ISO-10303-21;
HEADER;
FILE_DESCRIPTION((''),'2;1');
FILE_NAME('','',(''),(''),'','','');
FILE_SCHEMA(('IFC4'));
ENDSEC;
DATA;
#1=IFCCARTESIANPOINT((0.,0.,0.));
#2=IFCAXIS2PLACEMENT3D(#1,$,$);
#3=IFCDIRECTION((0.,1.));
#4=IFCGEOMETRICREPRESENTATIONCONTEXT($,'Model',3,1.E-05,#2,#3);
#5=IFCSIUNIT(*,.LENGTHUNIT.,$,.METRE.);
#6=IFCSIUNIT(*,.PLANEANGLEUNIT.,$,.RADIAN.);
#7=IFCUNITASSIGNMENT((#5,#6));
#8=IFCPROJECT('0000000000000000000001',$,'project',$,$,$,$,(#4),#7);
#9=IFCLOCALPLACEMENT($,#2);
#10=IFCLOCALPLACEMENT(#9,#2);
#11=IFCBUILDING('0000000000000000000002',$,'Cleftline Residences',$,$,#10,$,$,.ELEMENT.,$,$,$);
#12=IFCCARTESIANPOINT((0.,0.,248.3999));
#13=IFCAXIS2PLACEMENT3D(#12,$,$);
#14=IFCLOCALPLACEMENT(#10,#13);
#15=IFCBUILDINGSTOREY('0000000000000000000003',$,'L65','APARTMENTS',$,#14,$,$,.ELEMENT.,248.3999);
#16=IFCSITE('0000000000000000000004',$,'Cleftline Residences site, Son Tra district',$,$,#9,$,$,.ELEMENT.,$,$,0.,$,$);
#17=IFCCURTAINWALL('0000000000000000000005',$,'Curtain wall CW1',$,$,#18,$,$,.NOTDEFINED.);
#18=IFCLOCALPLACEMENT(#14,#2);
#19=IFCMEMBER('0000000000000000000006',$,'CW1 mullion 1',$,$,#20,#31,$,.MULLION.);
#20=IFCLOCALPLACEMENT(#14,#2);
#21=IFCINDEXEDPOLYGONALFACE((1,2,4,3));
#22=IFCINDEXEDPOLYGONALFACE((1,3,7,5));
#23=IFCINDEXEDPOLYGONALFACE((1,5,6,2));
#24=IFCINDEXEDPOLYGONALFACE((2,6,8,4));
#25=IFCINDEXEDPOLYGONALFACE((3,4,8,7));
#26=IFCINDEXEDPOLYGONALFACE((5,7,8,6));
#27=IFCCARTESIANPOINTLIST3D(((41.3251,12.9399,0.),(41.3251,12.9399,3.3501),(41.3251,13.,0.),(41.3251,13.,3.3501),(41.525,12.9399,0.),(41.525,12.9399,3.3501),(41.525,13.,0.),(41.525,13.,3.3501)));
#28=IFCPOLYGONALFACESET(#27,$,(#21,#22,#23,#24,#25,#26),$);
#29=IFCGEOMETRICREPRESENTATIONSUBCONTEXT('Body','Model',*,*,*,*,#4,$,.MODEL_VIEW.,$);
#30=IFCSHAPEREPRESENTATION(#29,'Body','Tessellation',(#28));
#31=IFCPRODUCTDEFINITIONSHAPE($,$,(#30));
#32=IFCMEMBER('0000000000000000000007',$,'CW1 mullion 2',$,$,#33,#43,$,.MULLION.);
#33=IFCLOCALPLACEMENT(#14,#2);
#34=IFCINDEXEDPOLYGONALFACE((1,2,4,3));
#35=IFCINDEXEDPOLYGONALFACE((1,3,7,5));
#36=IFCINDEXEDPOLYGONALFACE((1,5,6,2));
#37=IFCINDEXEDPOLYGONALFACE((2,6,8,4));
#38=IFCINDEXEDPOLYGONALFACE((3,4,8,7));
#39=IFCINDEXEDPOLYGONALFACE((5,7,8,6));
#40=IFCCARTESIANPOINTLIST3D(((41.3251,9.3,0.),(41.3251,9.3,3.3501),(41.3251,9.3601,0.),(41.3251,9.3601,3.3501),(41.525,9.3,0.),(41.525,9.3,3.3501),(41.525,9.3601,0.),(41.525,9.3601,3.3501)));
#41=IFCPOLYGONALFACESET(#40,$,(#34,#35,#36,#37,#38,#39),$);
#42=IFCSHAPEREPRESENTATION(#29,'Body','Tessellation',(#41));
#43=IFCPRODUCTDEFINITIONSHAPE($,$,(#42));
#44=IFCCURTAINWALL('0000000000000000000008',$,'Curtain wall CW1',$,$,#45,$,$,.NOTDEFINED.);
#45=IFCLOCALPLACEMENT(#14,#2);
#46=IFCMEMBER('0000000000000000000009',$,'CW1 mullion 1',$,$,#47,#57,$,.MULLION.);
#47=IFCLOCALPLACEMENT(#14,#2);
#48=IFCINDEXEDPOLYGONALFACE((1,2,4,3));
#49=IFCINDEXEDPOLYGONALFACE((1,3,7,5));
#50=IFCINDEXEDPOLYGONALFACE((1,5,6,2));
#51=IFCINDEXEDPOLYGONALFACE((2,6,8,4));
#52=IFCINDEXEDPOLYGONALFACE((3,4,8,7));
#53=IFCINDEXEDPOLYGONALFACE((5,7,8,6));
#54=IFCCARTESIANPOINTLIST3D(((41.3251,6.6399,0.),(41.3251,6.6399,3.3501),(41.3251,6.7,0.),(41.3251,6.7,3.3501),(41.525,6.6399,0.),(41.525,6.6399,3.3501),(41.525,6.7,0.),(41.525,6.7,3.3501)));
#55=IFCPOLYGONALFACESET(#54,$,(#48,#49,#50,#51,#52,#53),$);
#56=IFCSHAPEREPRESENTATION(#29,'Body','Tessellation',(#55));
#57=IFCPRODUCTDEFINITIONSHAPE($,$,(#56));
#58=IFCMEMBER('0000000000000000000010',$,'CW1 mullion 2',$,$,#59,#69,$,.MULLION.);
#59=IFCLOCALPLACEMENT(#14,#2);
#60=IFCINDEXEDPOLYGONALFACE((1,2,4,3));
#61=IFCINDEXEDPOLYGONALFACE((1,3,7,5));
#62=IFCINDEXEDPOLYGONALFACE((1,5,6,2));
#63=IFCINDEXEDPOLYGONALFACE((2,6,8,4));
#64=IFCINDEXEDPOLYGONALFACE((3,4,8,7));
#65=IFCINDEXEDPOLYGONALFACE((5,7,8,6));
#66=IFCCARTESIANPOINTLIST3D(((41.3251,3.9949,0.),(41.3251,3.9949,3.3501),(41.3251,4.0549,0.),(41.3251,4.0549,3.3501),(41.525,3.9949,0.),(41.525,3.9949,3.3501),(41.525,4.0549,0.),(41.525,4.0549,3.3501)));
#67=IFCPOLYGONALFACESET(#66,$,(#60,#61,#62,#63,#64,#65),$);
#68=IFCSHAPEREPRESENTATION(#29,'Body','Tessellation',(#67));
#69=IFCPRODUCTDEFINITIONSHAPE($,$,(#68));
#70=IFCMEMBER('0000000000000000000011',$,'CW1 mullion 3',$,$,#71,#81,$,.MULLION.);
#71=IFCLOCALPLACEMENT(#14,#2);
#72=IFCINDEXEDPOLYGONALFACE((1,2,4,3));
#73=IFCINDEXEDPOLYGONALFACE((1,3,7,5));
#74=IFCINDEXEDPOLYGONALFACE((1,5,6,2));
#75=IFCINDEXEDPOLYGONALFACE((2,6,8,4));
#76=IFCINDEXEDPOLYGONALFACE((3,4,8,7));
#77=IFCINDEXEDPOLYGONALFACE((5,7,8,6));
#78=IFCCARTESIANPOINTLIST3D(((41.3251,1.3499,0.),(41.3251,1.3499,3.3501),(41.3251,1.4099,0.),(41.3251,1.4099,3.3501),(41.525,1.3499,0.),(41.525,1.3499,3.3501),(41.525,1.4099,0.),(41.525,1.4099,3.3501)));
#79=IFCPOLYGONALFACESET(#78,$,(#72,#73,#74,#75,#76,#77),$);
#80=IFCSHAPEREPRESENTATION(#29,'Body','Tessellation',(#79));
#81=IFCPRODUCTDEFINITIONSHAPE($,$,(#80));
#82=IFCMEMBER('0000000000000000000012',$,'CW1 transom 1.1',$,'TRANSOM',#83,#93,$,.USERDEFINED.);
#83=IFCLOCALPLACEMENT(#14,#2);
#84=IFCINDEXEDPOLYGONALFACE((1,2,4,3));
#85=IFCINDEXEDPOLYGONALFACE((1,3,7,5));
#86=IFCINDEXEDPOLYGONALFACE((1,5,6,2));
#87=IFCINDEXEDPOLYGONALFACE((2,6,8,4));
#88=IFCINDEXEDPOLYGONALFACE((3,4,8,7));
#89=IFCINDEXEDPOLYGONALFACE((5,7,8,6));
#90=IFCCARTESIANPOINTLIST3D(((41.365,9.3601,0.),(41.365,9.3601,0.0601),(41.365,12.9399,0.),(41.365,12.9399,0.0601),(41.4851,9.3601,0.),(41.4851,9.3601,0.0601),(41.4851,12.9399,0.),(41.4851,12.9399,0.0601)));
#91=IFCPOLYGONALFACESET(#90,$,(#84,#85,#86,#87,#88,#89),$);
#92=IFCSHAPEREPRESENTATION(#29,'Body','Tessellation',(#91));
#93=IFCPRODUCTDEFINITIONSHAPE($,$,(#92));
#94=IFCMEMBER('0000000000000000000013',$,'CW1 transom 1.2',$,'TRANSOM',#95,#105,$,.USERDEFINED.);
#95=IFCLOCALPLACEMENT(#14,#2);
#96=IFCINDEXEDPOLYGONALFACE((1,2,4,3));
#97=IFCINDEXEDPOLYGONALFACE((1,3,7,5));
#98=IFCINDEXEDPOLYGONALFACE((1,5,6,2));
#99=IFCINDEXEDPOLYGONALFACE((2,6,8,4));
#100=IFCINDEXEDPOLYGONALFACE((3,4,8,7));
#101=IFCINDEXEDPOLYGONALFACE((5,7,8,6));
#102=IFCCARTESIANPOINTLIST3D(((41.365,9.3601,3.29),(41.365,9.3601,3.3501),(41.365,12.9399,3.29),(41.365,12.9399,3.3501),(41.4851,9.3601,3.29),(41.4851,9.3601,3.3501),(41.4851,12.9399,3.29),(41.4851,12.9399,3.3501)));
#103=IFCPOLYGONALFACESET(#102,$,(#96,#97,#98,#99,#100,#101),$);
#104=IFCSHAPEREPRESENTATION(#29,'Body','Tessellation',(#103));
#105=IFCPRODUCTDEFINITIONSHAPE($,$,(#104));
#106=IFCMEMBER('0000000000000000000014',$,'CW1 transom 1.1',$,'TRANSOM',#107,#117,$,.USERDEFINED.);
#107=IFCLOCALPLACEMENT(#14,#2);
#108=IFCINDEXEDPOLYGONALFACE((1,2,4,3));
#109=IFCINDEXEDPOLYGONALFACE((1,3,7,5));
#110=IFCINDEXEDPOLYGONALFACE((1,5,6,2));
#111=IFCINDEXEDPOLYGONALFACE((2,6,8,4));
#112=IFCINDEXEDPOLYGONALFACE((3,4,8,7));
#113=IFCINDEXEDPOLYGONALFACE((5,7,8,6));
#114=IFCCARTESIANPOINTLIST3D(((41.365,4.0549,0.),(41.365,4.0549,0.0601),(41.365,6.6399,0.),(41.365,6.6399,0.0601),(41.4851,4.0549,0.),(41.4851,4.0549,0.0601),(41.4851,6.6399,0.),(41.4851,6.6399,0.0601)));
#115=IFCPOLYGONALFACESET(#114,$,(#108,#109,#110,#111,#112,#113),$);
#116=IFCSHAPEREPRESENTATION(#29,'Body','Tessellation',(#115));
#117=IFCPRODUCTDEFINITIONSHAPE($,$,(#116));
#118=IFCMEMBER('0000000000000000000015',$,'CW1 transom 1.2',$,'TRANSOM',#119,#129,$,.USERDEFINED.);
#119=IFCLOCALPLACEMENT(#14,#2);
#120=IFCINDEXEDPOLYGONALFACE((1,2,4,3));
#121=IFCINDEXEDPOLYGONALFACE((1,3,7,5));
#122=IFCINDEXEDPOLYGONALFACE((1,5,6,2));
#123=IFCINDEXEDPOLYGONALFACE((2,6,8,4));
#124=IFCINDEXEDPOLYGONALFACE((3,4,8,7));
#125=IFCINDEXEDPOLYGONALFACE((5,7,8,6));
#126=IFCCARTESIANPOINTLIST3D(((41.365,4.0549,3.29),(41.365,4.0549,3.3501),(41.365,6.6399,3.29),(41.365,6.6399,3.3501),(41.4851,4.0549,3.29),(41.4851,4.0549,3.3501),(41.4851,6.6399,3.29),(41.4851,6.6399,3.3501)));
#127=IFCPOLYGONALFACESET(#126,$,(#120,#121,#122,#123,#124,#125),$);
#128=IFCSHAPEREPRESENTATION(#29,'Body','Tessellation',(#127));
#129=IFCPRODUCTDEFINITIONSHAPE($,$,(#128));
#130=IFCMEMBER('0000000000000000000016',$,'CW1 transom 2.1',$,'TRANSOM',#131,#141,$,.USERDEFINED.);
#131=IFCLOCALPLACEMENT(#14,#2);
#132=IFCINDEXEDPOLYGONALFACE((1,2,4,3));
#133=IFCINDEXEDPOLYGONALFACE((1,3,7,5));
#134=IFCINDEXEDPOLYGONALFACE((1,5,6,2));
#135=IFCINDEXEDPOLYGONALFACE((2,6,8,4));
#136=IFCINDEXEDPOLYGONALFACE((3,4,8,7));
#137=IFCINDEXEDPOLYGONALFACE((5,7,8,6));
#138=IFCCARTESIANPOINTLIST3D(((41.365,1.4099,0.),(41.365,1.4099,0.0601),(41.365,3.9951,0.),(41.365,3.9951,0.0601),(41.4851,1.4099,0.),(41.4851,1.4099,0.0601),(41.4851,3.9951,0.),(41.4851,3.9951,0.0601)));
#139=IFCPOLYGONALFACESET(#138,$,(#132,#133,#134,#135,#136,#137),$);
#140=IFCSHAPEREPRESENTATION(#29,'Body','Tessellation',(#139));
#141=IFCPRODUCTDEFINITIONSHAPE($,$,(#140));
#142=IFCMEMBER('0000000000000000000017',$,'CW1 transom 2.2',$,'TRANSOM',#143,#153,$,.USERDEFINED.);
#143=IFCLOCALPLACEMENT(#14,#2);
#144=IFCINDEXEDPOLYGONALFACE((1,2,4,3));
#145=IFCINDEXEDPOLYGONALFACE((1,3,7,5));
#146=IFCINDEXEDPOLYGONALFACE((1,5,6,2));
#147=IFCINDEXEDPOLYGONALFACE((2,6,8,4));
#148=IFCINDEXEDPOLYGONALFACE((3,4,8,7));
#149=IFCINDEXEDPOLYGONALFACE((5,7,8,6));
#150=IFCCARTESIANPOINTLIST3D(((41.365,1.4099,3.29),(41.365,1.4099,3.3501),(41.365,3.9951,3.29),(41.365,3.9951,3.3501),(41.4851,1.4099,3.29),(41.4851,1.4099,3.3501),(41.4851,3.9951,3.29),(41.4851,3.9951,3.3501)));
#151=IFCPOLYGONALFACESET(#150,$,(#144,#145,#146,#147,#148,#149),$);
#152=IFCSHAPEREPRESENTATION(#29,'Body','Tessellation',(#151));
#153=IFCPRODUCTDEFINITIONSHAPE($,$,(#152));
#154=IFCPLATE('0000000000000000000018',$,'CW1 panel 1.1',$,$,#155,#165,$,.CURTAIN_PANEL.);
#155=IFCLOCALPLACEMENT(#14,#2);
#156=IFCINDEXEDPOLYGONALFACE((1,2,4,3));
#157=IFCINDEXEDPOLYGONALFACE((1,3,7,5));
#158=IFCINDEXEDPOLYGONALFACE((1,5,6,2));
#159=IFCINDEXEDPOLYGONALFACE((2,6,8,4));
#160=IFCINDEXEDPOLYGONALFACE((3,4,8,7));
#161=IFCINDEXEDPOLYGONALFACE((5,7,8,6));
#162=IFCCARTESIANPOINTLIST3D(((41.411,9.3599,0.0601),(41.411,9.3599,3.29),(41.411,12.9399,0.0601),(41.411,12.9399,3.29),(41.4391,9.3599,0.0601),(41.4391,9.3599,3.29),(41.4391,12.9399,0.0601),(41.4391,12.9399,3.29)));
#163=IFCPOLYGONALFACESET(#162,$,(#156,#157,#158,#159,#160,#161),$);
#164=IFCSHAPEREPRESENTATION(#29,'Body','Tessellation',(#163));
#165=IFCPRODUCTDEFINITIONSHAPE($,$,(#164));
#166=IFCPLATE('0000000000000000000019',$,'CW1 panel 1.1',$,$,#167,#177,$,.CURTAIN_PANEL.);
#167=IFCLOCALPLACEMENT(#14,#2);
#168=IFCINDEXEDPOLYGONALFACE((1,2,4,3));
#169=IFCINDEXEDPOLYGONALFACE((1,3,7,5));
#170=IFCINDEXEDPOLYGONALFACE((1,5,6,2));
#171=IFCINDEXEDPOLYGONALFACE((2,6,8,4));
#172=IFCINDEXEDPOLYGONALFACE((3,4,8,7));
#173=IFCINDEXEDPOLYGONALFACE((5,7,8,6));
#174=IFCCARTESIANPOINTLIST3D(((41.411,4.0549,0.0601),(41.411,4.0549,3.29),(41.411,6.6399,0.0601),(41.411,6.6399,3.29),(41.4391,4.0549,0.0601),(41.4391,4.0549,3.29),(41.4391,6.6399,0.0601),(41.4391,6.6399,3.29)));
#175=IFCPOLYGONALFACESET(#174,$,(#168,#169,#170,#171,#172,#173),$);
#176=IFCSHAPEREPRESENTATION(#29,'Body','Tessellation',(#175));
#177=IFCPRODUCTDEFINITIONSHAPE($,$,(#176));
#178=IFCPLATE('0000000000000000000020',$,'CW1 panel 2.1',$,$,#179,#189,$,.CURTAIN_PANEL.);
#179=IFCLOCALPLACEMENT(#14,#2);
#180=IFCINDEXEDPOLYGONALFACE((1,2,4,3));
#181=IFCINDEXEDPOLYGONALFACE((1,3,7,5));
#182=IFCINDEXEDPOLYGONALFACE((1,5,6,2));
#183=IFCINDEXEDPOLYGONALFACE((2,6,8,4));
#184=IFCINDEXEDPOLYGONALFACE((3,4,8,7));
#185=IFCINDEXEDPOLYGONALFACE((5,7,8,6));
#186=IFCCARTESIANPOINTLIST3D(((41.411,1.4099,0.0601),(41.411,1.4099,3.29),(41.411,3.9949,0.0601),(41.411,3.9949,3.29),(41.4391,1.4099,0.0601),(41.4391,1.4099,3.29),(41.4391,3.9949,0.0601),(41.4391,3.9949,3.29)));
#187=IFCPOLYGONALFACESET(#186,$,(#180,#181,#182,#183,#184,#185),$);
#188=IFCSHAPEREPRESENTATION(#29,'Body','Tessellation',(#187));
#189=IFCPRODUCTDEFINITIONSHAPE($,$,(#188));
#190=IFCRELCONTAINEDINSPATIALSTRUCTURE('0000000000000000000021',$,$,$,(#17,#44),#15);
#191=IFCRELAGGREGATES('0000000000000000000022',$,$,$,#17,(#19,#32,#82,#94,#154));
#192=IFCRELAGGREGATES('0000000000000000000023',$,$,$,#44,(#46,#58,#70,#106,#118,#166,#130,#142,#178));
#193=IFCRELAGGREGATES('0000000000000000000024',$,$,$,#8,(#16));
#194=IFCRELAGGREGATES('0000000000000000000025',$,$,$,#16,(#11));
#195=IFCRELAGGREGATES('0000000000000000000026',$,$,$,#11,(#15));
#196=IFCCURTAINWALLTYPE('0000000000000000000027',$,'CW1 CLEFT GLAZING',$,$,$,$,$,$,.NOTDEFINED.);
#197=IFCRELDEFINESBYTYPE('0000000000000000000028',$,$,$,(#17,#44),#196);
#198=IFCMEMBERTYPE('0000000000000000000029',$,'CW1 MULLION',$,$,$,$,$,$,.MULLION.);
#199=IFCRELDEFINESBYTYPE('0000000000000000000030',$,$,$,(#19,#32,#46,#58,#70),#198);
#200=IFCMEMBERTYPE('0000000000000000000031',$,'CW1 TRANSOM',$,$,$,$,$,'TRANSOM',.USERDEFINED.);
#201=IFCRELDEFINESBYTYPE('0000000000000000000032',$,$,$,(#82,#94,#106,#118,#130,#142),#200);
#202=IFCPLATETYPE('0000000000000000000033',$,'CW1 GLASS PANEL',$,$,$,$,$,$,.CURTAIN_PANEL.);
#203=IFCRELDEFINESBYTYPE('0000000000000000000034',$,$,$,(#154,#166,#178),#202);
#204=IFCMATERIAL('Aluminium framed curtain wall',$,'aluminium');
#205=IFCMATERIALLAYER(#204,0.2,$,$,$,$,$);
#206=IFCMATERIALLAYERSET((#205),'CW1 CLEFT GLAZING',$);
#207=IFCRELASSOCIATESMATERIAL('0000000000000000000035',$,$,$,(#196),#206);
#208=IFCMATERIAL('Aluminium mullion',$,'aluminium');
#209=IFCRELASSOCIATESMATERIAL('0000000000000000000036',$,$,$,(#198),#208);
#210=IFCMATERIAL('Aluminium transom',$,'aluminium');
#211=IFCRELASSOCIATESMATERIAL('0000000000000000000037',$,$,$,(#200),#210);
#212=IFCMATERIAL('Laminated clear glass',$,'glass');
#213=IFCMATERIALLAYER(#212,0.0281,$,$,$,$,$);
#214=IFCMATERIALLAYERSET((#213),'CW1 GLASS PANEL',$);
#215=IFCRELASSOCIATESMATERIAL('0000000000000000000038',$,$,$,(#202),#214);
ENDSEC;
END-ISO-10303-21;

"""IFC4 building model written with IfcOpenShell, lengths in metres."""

from ifc_helpers import new_model, si_unit, direction, frame, origin, origin_2d, place, context, subcontext, project, spatial, rectangle, extrude, material, layer, layer_set, material_profile, profile_set, type_object, element, aggregate, save


model = new_model("IFC4")

# Units and contexts
model_context = context("Model", 3, precision=1e-05, world=origin(), true_north=direction((0.0, 1.0)))
body_context = subcontext(model_context, "Body", "Model", "MODEL_VIEW")
ifc_project = project(units=[si_unit("LENGTHUNIT", "METRE"), si_unit("PLANEANGLEUNIT", "RADIAN")], contexts=[model_context])

# Site, building, storey
site_placement = place(None, origin())
site = spatial("IfcSite", under=ifc_project, at=site_placement, Name="Cleftline Residences site, Son Tra district", CompositionType="ELEMENT", RefElevation=0.0)
building_placement = place(site_placement, origin())
building = spatial("IfcBuilding", under=site, at=building_placement, Name="Cleftline Residences", CompositionType="ELEMENT")
storey_placement = place(building_placement, frame((0.0, 0.0, 248.3999)))
storey = spatial("IfcBuildingStorey", under=building, at=storey_placement, Name="L65", Description="APARTMENTS", CompositionType="ELEMENT", Elevation=248.3999)

# Curtain walls, members
ifc_material_1 = material(Name="Aluminium framed curtain wall", Category="aluminium")
ifc_layer_1 = layer(ifc_material_1, 0.2)
ifc_layer_set_1 = layer_set([ifc_layer_1], Name="CW1 CLEFT GLAZING")
curtain_wall_type = type_object("IfcCurtainWallType", Name="CW1 CLEFT GLAZING", PredefinedType="NOTDEFINED", material=ifc_layer_set_1)
curtain_wall_1_placement = place(storey_placement, origin())
curtain_wall_1 = element("IfcCurtainWall", 1, at=curtain_wall_1_placement, inside=storey, type_object=curtain_wall_type, Name="Curtain wall CW1", PredefinedType="NOTDEFINED")
ifc_material_2 = material(Name="Aluminium mullion", Category="aluminium")
ifc_material_profile_1 = material_profile(ifc_material_2, rectangle(XDim=0.2, YDim=0.0601, at=origin_2d()))
ifc_profile_set_1 = profile_set([ifc_material_profile_1], Name="Aluminium mullion")
member_type_1 = type_object("IfcMemberType", Name="CW1 MULLION", PredefinedType="MULLION", material=ifc_profile_set_1)
member_1_placement = place(storey_placement, frame((41.425, 12.97, 0.0), z_axis=(0.0, 0.0, 1.0), x_axis=(1.0, 0.0, 0.0)))
member_1 = element("IfcMember", 2, at=member_1_placement, type_object=member_type_1, Name="CW1 mullion 1", PredefinedType="MULLION", context=body_context, shape_type="SweptSolid", body=[
    extrude(rectangle(XDim=0.2, YDim=0.0601, at=origin_2d()), origin(), (0.0, 0.0, 1.0), 3.3501),
])
member_2_placement = place(storey_placement, frame((41.425, 9.3301, 0.0), z_axis=(0.0, 0.0, 1.0), x_axis=(1.0, 0.0, 0.0)))
member_2 = element("IfcMember", 3, at=member_2_placement, type_object=member_type_1, Name="CW1 mullion 2", PredefinedType="MULLION", context=body_context, shape_type="SweptSolid", body=[
    extrude(rectangle(XDim=0.2, YDim=0.0601, at=origin_2d()), origin(), (0.0, 0.0, 1.0), 3.3501),
])
curtain_wall_2_placement = place(storey_placement, origin())
curtain_wall_2 = element("IfcCurtainWall", 4, at=curtain_wall_2_placement, inside=storey, type_object=curtain_wall_type, Name="Curtain wall CW1", PredefinedType="NOTDEFINED")
member_3_placement = place(storey_placement, frame((41.425, 6.6699, 0.0), z_axis=(0.0, 0.0, 1.0), x_axis=(1.0, 0.0, 0.0)))
member_3 = element("IfcMember", 5, at=member_3_placement, type_object=member_type_1, Name="CW1 mullion 1", PredefinedType="MULLION", context=body_context, shape_type="SweptSolid", body=[
    extrude(rectangle(XDim=0.2, YDim=0.0601, at=origin_2d()), origin(), (0.0, 0.0, 1.0), 3.3501),
])
member_4_placement = place(storey_placement, frame((41.425, 4.0249, 0.0), z_axis=(0.0, 0.0, 1.0), x_axis=(1.0, 0.0, 0.0)))
member_4 = element("IfcMember", 6, at=member_4_placement, type_object=member_type_1, Name="CW1 mullion 2", PredefinedType="MULLION", context=body_context, shape_type="SweptSolid", body=[
    extrude(rectangle(XDim=0.2, YDim=0.0601, at=origin_2d()), origin(), (0.0, 0.0, 1.0), 3.3501),
])
member_5_placement = place(storey_placement, frame((41.425, 1.3799, 0.0), z_axis=(0.0, 0.0, 1.0), x_axis=(1.0, 0.0, 0.0)))
member_5 = element("IfcMember", 7, at=member_5_placement, type_object=member_type_1, Name="CW1 mullion 3", PredefinedType="MULLION", context=body_context, shape_type="SweptSolid", body=[
    extrude(rectangle(XDim=0.2, YDim=0.0601, at=origin_2d()), origin(), (0.0, 0.0, 1.0), 3.3501),
])

# Members
ifc_material_3 = material(Name="Aluminium transom", Category="aluminium")
ifc_material_profile_2 = material_profile(ifc_material_3, rectangle(XDim=0.1201, YDim=0.0601, at=origin_2d()))
ifc_profile_set_2 = profile_set([ifc_material_profile_2], Name="Aluminium transom")
member_type_2 = type_object("IfcMemberType", Name="CW1 TRANSOM", ElementType="TRANSOM", PredefinedType="USERDEFINED", material=ifc_profile_set_2)
member_6_placement = place(storey_placement, frame((41.425, 12.9399, 0.03), z_axis=(0.0, -1.0, 0.0), x_axis=(1.0, 0.0, 0.0)))
member_6 = element("IfcMember", 8, at=member_6_placement, type_object=member_type_2, Name="CW1 transom 1.1", ObjectType="TRANSOM", PredefinedType="USERDEFINED", context=body_context, shape_type="SweptSolid", body=[
    extrude(rectangle(XDim=0.1201, YDim=0.0601, at=origin_2d()), origin(), (0.0, 0.0, 1.0), 3.5798),
])
member_7_placement = place(storey_placement, frame((41.425, 12.9399, 3.3201), z_axis=(0.0, -1.0, 0.0), x_axis=(1.0, 0.0, 0.0)))
member_7 = element("IfcMember", 9, at=member_7_placement, type_object=member_type_2, Name="CW1 transom 1.2", ObjectType="TRANSOM", PredefinedType="USERDEFINED", context=body_context, shape_type="SweptSolid", body=[
    extrude(rectangle(XDim=0.1201, YDim=0.0601, at=origin_2d()), origin(), (0.0, 0.0, 1.0), 3.5798),
])
member_8_placement = place(storey_placement, frame((41.425, 6.6399, 0.03), z_axis=(0.0, -1.0, 0.0), x_axis=(1.0, 0.0, 0.0)))
member_8 = element("IfcMember", 10, at=member_8_placement, type_object=member_type_2, Name="CW1 transom 1.1", ObjectType="TRANSOM", PredefinedType="USERDEFINED", context=body_context, shape_type="SweptSolid", body=[
    extrude(rectangle(XDim=0.1201, YDim=0.0601, at=origin_2d()), origin(), (0.0, 0.0, 1.0), 2.585),
])
member_9_placement = place(storey_placement, frame((41.425, 6.6399, 3.3201), z_axis=(0.0, -1.0, 0.0), x_axis=(1.0, 0.0, 0.0)))
member_9 = element("IfcMember", 11, at=member_9_placement, type_object=member_type_2, Name="CW1 transom 1.2", ObjectType="TRANSOM", PredefinedType="USERDEFINED", context=body_context, shape_type="SweptSolid", body=[
    extrude(rectangle(XDim=0.1201, YDim=0.0601, at=origin_2d()), origin(), (0.0, 0.0, 1.0), 2.585),
])
member_10_placement = place(storey_placement, frame((41.425, 3.9951, 0.03), z_axis=(0.0, -1.0, 0.0), x_axis=(1.0, 0.0, 0.0)))
member_10 = element("IfcMember", 12, at=member_10_placement, type_object=member_type_2, Name="CW1 transom 2.1", ObjectType="TRANSOM", PredefinedType="USERDEFINED", context=body_context, shape_type="SweptSolid", body=[
    extrude(rectangle(XDim=0.1201, YDim=0.0601, at=origin_2d()), origin(), (0.0, 0.0, 1.0), 2.5852),
])
member_11_placement = place(storey_placement, frame((41.425, 3.9951, 3.3201), z_axis=(0.0, -1.0, 0.0), x_axis=(1.0, 0.0, 0.0)))
member_11 = element("IfcMember", 13, at=member_11_placement, type_object=member_type_2, Name="CW1 transom 2.2", ObjectType="TRANSOM", PredefinedType="USERDEFINED", context=body_context, shape_type="SweptSolid", body=[
    extrude(rectangle(XDim=0.1201, YDim=0.0601, at=origin_2d()), origin(), (0.0, 0.0, 1.0), 2.5852),
])

# Plates
ifc_material_4 = material(Name="Laminated clear glass", Category="glass")
ifc_layer_2 = layer(ifc_material_4, 0.0281)
ifc_layer_set_2 = layer_set([ifc_layer_2], Name="CW1 GLASS PANEL")
plate_type = type_object("IfcPlateType", Name="CW1 GLASS PANEL", PredefinedType="CURTAIN_PANEL", material=ifc_layer_set_2)
plate_1_placement = place(storey_placement, frame((41.425, 11.1499, 0.0601), z_axis=(0.0, 0.0, 1.0), x_axis=(0.0, -1.0, 0.0)))
plate_1 = element("IfcPlate", 14, at=plate_1_placement, type_object=plate_type, Name="CW1 panel 1.1", PredefinedType="CURTAIN_PANEL", context=body_context, shape_type="SweptSolid", body=[
    extrude(rectangle(XDim=3.5801, YDim=0.0281, at=origin_2d()), origin(), (0.0, 0.0, 1.0), 3.23),
])
aggregate(curtain_wall_1, [member_1, member_2, member_6, member_7, plate_1])
plate_2_placement = place(storey_placement, frame((41.425, 5.3474, 0.0601), z_axis=(0.0, 0.0, 1.0), x_axis=(0.0, -1.0, 0.0)))
plate_2 = element("IfcPlate", 15, at=plate_2_placement, type_object=plate_type, Name="CW1 panel 1.1", PredefinedType="CURTAIN_PANEL", context=body_context, shape_type="SweptSolid", body=[
    extrude(rectangle(XDim=2.585, YDim=0.0281, at=origin_2d()), origin(), (0.0, 0.0, 1.0), 3.23),
])
plate_3_placement = place(storey_placement, frame((41.425, 2.7024, 0.0601), z_axis=(0.0, 0.0, 1.0), x_axis=(0.0, -1.0, 0.0)))
plate_3 = element("IfcPlate", 16, at=plate_3_placement, type_object=plate_type, Name="CW1 panel 2.1", PredefinedType="CURTAIN_PANEL", context=body_context, shape_type="SweptSolid", body=[
    extrude(rectangle(XDim=2.585, YDim=0.0281, at=origin_2d()), origin(), (0.0, 0.0, 1.0), 3.23),
])
aggregate(curtain_wall_2, [member_3, member_4, member_5, member_8, member_9, plate_2, member_10, member_11, plate_3])

save(model, "model.ifc")
